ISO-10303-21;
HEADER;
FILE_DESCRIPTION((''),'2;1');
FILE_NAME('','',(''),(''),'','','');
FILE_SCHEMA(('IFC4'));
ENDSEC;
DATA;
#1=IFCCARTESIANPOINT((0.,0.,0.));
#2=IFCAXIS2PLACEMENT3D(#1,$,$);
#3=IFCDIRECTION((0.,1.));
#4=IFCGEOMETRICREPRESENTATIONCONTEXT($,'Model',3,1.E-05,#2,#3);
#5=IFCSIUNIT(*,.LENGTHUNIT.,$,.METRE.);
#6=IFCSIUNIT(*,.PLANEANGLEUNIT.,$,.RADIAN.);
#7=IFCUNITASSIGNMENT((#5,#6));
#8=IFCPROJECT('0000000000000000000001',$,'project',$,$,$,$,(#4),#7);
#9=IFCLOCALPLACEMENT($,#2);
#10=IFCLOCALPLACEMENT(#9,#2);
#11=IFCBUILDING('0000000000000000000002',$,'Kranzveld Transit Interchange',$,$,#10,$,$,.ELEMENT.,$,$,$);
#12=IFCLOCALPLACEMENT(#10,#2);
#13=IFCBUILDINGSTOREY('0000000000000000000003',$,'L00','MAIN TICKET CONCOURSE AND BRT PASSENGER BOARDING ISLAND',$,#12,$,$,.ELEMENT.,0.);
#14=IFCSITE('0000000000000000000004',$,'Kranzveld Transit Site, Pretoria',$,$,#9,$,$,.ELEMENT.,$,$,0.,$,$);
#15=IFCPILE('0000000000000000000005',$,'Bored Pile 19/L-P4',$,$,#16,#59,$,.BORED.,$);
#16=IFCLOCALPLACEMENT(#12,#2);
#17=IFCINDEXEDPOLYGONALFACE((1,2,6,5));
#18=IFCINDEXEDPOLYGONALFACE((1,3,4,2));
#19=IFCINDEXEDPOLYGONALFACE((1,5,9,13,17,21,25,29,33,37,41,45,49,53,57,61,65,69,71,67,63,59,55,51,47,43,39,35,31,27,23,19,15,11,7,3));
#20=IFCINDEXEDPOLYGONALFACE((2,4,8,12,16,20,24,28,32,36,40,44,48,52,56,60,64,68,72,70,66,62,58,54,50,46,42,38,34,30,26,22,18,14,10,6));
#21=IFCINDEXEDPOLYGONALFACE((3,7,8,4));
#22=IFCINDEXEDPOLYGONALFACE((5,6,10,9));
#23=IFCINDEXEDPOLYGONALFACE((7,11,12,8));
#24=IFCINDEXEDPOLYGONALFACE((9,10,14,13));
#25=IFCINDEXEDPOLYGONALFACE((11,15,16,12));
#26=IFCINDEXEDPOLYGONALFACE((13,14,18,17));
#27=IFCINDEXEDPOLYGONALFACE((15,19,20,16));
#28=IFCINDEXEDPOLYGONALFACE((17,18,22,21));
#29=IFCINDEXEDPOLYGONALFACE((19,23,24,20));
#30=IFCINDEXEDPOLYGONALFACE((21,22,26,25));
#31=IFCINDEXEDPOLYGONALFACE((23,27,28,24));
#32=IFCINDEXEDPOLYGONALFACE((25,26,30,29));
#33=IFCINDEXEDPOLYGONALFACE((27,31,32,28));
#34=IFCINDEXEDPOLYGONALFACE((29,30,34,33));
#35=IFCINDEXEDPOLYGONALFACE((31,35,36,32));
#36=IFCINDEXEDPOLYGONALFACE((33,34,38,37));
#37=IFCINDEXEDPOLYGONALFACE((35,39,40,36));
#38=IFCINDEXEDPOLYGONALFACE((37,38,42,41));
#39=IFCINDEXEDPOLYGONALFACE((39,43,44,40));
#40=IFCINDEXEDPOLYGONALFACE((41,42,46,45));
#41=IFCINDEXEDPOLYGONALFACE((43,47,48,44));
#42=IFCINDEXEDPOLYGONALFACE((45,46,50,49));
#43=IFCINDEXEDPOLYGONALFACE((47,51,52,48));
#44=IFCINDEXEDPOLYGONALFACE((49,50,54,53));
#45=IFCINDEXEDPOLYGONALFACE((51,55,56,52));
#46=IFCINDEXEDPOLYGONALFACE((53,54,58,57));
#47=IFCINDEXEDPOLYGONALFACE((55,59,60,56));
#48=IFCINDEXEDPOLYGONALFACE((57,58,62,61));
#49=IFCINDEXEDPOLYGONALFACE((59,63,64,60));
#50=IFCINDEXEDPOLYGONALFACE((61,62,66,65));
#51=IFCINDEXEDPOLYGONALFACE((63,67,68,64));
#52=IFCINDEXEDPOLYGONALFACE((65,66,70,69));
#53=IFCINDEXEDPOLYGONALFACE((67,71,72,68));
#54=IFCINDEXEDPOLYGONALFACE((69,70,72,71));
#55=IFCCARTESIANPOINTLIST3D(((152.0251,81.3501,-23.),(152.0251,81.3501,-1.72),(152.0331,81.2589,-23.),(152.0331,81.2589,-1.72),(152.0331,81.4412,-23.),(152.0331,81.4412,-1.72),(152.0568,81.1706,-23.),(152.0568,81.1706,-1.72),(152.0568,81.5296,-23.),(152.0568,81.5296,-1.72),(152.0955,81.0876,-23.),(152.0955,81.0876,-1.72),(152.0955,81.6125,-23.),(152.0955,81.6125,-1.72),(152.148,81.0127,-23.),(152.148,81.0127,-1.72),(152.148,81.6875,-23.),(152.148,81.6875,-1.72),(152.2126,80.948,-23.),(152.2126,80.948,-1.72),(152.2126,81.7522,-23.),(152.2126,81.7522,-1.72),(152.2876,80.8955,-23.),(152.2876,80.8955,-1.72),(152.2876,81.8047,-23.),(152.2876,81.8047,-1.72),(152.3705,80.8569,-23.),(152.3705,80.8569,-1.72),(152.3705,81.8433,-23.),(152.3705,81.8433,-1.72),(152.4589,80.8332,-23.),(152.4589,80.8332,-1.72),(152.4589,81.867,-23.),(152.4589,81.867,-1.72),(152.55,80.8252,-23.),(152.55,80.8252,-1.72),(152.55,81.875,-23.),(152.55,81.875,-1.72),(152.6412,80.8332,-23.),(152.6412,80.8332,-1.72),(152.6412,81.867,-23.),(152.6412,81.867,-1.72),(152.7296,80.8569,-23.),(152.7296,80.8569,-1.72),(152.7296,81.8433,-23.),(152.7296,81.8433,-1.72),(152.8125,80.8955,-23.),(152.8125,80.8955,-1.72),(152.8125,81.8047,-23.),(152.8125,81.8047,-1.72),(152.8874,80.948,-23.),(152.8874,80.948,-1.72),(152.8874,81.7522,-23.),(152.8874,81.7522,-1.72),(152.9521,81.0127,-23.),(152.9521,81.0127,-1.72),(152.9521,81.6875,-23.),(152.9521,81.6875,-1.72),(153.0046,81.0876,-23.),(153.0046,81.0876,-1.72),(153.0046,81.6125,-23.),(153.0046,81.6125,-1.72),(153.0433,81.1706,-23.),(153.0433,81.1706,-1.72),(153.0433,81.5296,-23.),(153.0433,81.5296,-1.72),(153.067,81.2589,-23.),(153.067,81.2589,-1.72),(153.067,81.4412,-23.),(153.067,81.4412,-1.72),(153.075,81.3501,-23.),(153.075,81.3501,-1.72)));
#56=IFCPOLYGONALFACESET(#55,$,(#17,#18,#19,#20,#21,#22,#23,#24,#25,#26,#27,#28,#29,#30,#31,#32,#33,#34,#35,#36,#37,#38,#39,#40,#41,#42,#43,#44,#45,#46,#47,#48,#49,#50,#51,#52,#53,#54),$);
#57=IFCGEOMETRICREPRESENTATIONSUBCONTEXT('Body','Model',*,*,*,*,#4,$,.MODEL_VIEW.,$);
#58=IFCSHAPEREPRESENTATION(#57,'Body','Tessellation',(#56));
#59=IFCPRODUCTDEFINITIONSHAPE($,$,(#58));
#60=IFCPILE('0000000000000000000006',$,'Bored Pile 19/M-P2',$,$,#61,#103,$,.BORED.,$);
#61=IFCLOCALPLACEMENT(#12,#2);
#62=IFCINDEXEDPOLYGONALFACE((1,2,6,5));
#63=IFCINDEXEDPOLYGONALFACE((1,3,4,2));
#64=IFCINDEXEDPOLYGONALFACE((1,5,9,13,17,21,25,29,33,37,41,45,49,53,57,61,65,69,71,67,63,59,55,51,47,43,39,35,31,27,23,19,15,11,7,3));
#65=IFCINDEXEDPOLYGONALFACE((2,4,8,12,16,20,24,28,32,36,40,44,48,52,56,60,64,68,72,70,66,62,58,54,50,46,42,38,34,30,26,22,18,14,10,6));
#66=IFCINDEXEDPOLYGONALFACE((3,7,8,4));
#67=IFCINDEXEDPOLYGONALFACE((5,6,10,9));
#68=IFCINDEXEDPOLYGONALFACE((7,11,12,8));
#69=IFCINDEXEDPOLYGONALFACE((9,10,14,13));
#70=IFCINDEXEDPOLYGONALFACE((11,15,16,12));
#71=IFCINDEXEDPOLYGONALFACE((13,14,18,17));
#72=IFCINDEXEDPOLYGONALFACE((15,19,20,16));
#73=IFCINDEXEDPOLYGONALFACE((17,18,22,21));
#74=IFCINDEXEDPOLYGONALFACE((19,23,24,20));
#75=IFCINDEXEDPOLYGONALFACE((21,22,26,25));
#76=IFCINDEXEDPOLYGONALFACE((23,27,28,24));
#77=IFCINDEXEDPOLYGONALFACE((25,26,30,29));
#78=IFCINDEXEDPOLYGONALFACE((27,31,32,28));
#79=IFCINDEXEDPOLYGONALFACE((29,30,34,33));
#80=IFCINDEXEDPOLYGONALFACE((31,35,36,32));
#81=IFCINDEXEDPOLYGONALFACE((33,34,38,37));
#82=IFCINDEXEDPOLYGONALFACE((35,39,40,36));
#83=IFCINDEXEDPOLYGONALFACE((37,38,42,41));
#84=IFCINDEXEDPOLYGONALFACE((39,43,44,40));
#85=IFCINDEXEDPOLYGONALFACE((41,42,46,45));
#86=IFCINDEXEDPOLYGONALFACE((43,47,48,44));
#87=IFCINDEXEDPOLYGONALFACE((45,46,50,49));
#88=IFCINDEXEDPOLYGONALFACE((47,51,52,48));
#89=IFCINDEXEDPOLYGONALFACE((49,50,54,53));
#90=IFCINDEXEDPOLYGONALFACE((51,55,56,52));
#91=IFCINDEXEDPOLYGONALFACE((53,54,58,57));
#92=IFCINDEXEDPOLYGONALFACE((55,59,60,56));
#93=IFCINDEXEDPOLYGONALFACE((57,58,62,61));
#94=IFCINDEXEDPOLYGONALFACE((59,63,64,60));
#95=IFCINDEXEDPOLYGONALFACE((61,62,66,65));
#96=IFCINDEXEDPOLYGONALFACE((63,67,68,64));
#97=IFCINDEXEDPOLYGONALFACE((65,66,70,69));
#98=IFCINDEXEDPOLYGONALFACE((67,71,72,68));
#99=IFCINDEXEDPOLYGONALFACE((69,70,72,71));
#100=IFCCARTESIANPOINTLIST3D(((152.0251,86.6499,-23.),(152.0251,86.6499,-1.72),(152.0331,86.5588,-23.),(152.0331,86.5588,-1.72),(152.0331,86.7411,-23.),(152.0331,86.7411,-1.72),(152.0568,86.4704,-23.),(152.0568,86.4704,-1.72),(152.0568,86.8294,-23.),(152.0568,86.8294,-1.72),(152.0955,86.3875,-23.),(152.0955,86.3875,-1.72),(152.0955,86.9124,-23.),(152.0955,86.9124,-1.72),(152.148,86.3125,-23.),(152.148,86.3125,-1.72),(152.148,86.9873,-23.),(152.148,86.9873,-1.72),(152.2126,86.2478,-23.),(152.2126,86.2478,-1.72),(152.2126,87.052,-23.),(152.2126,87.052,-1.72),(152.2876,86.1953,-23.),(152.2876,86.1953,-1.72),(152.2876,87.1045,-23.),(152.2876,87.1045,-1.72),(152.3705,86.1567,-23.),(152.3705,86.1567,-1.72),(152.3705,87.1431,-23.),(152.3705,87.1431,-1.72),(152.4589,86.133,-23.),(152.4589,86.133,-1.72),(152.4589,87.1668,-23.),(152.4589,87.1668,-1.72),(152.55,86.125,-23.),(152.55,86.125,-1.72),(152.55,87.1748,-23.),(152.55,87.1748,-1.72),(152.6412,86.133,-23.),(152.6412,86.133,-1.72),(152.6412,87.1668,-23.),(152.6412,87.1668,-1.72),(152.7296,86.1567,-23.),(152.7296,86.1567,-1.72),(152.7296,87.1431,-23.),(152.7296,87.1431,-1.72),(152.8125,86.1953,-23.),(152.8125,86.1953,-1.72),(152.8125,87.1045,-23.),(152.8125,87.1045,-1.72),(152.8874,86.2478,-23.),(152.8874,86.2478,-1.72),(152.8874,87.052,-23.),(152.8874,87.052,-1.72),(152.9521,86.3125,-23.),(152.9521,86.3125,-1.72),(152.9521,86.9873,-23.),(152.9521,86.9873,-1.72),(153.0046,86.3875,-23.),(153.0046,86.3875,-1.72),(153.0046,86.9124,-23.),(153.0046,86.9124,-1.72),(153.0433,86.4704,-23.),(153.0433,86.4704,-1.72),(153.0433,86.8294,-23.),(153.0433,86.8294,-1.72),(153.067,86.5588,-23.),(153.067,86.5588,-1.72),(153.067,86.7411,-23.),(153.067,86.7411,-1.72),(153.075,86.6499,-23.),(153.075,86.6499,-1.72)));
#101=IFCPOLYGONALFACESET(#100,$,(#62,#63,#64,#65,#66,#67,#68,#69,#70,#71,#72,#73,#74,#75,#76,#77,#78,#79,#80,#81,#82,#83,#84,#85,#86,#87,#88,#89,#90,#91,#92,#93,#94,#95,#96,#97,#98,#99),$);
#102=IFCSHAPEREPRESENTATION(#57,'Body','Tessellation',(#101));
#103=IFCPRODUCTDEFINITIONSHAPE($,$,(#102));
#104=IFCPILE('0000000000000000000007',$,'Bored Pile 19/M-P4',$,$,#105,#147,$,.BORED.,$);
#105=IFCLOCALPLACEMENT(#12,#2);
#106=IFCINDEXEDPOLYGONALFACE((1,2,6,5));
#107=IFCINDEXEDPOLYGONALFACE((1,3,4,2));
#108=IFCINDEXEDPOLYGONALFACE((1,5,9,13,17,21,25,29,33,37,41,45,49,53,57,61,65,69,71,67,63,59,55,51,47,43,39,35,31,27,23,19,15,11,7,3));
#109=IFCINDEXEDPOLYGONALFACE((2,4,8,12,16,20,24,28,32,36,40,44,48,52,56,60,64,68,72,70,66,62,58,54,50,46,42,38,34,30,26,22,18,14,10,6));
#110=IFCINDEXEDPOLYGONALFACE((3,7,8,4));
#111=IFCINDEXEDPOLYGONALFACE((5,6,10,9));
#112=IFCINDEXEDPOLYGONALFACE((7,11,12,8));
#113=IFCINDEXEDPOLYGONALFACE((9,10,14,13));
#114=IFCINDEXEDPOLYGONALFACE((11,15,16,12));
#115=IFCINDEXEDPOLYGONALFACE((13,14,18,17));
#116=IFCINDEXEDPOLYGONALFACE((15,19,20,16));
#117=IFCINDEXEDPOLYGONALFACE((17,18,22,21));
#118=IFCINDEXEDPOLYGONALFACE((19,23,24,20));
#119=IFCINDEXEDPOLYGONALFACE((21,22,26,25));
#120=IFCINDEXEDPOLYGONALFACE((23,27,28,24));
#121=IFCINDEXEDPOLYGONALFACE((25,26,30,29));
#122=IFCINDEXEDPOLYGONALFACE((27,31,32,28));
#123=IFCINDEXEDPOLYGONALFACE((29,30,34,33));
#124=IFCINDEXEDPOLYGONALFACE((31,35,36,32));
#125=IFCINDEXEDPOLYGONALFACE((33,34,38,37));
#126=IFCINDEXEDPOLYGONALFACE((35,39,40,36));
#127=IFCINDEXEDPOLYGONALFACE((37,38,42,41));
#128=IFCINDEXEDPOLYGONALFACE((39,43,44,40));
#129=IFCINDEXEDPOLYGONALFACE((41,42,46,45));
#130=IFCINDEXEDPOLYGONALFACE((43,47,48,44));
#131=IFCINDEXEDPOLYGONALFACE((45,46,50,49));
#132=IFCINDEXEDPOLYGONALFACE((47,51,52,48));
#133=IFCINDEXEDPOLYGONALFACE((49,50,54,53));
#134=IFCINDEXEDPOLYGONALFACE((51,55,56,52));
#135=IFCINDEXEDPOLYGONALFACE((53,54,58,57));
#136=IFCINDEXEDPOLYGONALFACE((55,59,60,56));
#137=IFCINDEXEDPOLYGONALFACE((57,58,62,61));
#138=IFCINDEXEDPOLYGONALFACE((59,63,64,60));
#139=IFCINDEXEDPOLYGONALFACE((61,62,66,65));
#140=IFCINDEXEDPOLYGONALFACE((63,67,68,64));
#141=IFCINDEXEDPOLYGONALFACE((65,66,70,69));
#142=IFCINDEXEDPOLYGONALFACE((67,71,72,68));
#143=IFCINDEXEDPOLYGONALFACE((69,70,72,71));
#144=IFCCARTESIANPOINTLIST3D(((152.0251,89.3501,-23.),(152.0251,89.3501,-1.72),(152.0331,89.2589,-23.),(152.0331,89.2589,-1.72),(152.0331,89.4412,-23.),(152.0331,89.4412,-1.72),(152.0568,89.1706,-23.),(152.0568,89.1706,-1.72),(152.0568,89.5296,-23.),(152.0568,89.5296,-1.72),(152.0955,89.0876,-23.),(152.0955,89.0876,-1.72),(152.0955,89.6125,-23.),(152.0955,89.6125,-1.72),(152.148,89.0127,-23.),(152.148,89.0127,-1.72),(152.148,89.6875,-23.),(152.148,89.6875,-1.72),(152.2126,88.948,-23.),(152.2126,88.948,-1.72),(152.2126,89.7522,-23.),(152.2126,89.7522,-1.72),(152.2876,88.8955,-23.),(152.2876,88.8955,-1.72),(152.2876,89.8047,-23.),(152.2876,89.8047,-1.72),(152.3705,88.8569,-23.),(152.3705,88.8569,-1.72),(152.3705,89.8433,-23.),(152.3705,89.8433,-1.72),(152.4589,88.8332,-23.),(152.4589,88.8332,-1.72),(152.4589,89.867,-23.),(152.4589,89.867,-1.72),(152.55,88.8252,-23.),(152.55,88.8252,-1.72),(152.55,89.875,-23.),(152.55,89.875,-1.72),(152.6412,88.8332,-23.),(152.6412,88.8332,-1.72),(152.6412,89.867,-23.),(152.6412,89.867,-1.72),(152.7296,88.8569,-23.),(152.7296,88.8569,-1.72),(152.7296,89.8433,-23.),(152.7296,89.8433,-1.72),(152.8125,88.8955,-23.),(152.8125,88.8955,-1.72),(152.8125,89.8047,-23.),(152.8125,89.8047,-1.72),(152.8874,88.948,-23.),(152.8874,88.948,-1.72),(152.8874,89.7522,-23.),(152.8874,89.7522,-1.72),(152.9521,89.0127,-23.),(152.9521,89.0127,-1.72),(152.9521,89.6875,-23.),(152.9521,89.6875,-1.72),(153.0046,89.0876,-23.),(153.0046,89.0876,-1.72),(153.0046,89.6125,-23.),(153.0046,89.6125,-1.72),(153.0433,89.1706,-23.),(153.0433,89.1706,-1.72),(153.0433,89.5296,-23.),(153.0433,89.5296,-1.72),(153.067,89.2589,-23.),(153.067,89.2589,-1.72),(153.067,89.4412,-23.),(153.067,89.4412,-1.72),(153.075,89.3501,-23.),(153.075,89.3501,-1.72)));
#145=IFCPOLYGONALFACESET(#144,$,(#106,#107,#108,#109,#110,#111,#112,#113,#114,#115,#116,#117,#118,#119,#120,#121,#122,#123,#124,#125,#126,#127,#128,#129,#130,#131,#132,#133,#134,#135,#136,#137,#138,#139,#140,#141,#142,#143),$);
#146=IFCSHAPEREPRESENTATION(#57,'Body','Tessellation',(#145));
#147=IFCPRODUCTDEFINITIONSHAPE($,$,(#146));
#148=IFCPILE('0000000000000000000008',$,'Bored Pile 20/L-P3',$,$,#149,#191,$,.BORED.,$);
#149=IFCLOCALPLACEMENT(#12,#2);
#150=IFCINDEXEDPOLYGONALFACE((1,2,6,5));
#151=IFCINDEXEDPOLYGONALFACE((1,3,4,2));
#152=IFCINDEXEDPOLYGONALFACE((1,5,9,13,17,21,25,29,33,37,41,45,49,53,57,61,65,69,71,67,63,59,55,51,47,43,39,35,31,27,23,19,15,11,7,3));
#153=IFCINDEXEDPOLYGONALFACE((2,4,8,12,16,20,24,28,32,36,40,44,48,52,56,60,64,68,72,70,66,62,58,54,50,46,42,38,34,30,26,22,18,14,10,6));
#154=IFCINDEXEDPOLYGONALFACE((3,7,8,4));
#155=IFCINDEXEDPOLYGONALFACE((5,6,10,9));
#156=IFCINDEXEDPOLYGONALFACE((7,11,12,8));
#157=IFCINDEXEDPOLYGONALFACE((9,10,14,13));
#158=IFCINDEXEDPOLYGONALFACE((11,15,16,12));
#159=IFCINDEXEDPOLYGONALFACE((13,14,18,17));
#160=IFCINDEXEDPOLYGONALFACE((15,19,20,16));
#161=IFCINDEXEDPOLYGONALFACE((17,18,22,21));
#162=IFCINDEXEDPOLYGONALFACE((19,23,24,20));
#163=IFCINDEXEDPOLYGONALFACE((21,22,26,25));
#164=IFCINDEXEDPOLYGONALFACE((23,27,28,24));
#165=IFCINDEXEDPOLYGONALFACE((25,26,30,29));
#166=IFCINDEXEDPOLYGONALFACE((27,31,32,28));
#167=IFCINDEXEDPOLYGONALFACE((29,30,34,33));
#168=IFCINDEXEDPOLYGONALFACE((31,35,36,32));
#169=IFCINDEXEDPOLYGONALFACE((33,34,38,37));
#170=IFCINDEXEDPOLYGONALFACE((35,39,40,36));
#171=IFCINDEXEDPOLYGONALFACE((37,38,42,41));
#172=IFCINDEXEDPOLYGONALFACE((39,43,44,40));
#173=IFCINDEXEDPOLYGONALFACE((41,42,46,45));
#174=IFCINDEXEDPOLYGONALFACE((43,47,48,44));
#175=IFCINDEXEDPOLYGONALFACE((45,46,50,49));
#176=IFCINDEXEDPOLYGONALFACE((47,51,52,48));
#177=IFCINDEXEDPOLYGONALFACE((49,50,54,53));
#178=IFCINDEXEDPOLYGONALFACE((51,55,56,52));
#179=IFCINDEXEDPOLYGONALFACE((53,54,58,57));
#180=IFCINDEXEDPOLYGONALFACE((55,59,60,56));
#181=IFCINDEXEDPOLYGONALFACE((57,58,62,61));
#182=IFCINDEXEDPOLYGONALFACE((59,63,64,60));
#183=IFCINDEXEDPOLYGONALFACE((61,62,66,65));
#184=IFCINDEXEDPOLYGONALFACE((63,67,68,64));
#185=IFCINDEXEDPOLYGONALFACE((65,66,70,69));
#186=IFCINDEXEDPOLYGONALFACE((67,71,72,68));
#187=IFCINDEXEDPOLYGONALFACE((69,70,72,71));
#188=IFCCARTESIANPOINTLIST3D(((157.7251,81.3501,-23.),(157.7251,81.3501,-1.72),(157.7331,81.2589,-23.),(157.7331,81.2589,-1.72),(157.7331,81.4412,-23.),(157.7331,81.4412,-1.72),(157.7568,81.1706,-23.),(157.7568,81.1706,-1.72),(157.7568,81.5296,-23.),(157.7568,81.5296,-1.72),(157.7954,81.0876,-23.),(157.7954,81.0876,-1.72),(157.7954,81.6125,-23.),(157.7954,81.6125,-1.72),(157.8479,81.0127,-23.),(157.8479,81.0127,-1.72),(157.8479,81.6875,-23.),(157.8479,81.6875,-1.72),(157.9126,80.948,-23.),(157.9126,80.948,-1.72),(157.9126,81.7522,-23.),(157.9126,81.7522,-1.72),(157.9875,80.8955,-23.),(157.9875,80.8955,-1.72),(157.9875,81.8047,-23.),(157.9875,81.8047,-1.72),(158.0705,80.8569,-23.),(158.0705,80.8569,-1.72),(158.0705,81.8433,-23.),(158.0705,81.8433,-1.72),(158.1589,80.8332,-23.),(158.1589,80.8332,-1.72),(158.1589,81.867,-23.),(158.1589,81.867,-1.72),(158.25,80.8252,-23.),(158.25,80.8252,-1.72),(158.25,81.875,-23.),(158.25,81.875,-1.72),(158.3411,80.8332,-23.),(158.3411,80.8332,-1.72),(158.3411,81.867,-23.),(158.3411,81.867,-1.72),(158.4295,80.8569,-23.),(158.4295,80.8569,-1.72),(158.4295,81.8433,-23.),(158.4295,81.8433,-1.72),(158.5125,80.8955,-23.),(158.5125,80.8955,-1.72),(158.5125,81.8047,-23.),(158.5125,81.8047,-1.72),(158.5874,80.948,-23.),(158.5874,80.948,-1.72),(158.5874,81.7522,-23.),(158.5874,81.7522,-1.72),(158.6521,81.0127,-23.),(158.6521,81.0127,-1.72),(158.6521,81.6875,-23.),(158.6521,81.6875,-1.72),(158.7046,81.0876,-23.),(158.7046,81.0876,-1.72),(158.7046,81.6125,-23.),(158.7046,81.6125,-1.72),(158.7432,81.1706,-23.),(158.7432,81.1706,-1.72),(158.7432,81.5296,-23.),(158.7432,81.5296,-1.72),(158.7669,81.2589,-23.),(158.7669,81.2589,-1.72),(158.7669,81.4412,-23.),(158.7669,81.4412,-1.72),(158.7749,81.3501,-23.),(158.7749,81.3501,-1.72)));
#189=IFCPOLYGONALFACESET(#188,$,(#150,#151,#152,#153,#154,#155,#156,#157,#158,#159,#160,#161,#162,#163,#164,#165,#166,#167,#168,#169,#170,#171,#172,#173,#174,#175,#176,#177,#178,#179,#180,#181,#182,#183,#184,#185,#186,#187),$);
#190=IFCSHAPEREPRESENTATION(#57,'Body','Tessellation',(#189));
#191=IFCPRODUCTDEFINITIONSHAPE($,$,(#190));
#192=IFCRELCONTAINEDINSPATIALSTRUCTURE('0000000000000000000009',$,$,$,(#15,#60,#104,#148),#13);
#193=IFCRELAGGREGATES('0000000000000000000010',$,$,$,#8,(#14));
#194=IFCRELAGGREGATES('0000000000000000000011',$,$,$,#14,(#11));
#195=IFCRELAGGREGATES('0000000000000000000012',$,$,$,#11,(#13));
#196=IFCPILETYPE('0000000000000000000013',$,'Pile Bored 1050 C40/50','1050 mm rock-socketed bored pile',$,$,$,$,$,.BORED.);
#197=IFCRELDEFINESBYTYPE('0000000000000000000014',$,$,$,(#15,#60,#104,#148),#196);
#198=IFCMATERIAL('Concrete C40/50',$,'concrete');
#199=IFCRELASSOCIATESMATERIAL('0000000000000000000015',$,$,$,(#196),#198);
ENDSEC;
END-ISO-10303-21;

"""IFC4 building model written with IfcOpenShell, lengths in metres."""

from ifc_helpers import new_model, si_unit, direction, frame, origin, origin_2d, place, context, subcontext, project, spatial, circle, extrude, material, material_profile, profile_set, type_object, element, save


model = new_model("IFC4")

# Units and contexts
model_context = context("Model", 3, precision=1e-05, world=origin(), true_north=direction((0.0, 1.0)))
body_context = subcontext(model_context, "Body", "Model", "MODEL_VIEW")
ifc_project = project(units=[si_unit("LENGTHUNIT", "METRE"), si_unit("PLANEANGLEUNIT", "RADIAN")], contexts=[model_context])

# Site, building, storey
site_placement = place(None, origin())
site = spatial("IfcSite", under=ifc_project, at=site_placement, Name="Kranzveld Transit Site, Pretoria", CompositionType="ELEMENT", RefElevation=0.0)
building_placement = place(site_placement, origin())
building = spatial("IfcBuilding", under=site, at=building_placement, Name="Kranzveld Transit Interchange", CompositionType="ELEMENT")
storey_placement = place(building_placement, origin())
storey = spatial("IfcBuildingStorey", under=building, at=storey_placement, Name="L00", Description="MAIN TICKET CONCOURSE AND BRT PASSENGER BOARDING ISLAND", CompositionType="ELEMENT", Elevation=0.0)

# Piles
ifc_material_1 = material(Name="Concrete C40/50", Category="concrete")
ifc_material_profile_1 = material_profile(ifc_material_1, circle(Radius=0.5249, at=origin_2d()), Name="BORED PILE 1050")
ifc_profile_set_1 = profile_set([ifc_material_profile_1], Name="Concrete C40/50")
pile_type = type_object("IfcPileType", Name="Pile Bored 1050 C40/50", Description="1050 mm rock-socketed bored pile", PredefinedType="BORED", material=ifc_profile_set_1)
for number, where, z_axis, x_axis, name in (
    (1, (152.55, 81.3501, -1.72), (0.0, 0.0, -1.0), (1.0, 0.0, 0.0), "Bored Pile 19/L-P4"),
    (2, (152.55, 86.6499, -1.72), (0.0, 0.0, -1.0), (1.0, 0.0, 0.0), "Bored Pile 19/M-P2"),
    (3, (152.55, 89.3501, -1.72), (0.0, 0.0, -1.0), (1.0, 0.0, 0.0), "Bored Pile 19/M-P4"),
    (4, (158.25, 81.3501, -1.72), (0.0, 0.0, -1.0), (1.0, 0.0, 0.0), "Bored Pile 20/L-P3"),
):
    element("IfcPile", number, at=place(storey_placement, frame(where, z_axis=z_axis, x_axis=x_axis)), inside=storey, type_object=pile_type, Name=name, PredefinedType="BORED", context=body_context, shape_type="SweptSolid", body=[
        extrude(circle(Radius=0.5249, at=origin_2d()), origin(), (0.0, 0.0, 1.0), 21.28),
    ])

save(model, "model.ifc")
